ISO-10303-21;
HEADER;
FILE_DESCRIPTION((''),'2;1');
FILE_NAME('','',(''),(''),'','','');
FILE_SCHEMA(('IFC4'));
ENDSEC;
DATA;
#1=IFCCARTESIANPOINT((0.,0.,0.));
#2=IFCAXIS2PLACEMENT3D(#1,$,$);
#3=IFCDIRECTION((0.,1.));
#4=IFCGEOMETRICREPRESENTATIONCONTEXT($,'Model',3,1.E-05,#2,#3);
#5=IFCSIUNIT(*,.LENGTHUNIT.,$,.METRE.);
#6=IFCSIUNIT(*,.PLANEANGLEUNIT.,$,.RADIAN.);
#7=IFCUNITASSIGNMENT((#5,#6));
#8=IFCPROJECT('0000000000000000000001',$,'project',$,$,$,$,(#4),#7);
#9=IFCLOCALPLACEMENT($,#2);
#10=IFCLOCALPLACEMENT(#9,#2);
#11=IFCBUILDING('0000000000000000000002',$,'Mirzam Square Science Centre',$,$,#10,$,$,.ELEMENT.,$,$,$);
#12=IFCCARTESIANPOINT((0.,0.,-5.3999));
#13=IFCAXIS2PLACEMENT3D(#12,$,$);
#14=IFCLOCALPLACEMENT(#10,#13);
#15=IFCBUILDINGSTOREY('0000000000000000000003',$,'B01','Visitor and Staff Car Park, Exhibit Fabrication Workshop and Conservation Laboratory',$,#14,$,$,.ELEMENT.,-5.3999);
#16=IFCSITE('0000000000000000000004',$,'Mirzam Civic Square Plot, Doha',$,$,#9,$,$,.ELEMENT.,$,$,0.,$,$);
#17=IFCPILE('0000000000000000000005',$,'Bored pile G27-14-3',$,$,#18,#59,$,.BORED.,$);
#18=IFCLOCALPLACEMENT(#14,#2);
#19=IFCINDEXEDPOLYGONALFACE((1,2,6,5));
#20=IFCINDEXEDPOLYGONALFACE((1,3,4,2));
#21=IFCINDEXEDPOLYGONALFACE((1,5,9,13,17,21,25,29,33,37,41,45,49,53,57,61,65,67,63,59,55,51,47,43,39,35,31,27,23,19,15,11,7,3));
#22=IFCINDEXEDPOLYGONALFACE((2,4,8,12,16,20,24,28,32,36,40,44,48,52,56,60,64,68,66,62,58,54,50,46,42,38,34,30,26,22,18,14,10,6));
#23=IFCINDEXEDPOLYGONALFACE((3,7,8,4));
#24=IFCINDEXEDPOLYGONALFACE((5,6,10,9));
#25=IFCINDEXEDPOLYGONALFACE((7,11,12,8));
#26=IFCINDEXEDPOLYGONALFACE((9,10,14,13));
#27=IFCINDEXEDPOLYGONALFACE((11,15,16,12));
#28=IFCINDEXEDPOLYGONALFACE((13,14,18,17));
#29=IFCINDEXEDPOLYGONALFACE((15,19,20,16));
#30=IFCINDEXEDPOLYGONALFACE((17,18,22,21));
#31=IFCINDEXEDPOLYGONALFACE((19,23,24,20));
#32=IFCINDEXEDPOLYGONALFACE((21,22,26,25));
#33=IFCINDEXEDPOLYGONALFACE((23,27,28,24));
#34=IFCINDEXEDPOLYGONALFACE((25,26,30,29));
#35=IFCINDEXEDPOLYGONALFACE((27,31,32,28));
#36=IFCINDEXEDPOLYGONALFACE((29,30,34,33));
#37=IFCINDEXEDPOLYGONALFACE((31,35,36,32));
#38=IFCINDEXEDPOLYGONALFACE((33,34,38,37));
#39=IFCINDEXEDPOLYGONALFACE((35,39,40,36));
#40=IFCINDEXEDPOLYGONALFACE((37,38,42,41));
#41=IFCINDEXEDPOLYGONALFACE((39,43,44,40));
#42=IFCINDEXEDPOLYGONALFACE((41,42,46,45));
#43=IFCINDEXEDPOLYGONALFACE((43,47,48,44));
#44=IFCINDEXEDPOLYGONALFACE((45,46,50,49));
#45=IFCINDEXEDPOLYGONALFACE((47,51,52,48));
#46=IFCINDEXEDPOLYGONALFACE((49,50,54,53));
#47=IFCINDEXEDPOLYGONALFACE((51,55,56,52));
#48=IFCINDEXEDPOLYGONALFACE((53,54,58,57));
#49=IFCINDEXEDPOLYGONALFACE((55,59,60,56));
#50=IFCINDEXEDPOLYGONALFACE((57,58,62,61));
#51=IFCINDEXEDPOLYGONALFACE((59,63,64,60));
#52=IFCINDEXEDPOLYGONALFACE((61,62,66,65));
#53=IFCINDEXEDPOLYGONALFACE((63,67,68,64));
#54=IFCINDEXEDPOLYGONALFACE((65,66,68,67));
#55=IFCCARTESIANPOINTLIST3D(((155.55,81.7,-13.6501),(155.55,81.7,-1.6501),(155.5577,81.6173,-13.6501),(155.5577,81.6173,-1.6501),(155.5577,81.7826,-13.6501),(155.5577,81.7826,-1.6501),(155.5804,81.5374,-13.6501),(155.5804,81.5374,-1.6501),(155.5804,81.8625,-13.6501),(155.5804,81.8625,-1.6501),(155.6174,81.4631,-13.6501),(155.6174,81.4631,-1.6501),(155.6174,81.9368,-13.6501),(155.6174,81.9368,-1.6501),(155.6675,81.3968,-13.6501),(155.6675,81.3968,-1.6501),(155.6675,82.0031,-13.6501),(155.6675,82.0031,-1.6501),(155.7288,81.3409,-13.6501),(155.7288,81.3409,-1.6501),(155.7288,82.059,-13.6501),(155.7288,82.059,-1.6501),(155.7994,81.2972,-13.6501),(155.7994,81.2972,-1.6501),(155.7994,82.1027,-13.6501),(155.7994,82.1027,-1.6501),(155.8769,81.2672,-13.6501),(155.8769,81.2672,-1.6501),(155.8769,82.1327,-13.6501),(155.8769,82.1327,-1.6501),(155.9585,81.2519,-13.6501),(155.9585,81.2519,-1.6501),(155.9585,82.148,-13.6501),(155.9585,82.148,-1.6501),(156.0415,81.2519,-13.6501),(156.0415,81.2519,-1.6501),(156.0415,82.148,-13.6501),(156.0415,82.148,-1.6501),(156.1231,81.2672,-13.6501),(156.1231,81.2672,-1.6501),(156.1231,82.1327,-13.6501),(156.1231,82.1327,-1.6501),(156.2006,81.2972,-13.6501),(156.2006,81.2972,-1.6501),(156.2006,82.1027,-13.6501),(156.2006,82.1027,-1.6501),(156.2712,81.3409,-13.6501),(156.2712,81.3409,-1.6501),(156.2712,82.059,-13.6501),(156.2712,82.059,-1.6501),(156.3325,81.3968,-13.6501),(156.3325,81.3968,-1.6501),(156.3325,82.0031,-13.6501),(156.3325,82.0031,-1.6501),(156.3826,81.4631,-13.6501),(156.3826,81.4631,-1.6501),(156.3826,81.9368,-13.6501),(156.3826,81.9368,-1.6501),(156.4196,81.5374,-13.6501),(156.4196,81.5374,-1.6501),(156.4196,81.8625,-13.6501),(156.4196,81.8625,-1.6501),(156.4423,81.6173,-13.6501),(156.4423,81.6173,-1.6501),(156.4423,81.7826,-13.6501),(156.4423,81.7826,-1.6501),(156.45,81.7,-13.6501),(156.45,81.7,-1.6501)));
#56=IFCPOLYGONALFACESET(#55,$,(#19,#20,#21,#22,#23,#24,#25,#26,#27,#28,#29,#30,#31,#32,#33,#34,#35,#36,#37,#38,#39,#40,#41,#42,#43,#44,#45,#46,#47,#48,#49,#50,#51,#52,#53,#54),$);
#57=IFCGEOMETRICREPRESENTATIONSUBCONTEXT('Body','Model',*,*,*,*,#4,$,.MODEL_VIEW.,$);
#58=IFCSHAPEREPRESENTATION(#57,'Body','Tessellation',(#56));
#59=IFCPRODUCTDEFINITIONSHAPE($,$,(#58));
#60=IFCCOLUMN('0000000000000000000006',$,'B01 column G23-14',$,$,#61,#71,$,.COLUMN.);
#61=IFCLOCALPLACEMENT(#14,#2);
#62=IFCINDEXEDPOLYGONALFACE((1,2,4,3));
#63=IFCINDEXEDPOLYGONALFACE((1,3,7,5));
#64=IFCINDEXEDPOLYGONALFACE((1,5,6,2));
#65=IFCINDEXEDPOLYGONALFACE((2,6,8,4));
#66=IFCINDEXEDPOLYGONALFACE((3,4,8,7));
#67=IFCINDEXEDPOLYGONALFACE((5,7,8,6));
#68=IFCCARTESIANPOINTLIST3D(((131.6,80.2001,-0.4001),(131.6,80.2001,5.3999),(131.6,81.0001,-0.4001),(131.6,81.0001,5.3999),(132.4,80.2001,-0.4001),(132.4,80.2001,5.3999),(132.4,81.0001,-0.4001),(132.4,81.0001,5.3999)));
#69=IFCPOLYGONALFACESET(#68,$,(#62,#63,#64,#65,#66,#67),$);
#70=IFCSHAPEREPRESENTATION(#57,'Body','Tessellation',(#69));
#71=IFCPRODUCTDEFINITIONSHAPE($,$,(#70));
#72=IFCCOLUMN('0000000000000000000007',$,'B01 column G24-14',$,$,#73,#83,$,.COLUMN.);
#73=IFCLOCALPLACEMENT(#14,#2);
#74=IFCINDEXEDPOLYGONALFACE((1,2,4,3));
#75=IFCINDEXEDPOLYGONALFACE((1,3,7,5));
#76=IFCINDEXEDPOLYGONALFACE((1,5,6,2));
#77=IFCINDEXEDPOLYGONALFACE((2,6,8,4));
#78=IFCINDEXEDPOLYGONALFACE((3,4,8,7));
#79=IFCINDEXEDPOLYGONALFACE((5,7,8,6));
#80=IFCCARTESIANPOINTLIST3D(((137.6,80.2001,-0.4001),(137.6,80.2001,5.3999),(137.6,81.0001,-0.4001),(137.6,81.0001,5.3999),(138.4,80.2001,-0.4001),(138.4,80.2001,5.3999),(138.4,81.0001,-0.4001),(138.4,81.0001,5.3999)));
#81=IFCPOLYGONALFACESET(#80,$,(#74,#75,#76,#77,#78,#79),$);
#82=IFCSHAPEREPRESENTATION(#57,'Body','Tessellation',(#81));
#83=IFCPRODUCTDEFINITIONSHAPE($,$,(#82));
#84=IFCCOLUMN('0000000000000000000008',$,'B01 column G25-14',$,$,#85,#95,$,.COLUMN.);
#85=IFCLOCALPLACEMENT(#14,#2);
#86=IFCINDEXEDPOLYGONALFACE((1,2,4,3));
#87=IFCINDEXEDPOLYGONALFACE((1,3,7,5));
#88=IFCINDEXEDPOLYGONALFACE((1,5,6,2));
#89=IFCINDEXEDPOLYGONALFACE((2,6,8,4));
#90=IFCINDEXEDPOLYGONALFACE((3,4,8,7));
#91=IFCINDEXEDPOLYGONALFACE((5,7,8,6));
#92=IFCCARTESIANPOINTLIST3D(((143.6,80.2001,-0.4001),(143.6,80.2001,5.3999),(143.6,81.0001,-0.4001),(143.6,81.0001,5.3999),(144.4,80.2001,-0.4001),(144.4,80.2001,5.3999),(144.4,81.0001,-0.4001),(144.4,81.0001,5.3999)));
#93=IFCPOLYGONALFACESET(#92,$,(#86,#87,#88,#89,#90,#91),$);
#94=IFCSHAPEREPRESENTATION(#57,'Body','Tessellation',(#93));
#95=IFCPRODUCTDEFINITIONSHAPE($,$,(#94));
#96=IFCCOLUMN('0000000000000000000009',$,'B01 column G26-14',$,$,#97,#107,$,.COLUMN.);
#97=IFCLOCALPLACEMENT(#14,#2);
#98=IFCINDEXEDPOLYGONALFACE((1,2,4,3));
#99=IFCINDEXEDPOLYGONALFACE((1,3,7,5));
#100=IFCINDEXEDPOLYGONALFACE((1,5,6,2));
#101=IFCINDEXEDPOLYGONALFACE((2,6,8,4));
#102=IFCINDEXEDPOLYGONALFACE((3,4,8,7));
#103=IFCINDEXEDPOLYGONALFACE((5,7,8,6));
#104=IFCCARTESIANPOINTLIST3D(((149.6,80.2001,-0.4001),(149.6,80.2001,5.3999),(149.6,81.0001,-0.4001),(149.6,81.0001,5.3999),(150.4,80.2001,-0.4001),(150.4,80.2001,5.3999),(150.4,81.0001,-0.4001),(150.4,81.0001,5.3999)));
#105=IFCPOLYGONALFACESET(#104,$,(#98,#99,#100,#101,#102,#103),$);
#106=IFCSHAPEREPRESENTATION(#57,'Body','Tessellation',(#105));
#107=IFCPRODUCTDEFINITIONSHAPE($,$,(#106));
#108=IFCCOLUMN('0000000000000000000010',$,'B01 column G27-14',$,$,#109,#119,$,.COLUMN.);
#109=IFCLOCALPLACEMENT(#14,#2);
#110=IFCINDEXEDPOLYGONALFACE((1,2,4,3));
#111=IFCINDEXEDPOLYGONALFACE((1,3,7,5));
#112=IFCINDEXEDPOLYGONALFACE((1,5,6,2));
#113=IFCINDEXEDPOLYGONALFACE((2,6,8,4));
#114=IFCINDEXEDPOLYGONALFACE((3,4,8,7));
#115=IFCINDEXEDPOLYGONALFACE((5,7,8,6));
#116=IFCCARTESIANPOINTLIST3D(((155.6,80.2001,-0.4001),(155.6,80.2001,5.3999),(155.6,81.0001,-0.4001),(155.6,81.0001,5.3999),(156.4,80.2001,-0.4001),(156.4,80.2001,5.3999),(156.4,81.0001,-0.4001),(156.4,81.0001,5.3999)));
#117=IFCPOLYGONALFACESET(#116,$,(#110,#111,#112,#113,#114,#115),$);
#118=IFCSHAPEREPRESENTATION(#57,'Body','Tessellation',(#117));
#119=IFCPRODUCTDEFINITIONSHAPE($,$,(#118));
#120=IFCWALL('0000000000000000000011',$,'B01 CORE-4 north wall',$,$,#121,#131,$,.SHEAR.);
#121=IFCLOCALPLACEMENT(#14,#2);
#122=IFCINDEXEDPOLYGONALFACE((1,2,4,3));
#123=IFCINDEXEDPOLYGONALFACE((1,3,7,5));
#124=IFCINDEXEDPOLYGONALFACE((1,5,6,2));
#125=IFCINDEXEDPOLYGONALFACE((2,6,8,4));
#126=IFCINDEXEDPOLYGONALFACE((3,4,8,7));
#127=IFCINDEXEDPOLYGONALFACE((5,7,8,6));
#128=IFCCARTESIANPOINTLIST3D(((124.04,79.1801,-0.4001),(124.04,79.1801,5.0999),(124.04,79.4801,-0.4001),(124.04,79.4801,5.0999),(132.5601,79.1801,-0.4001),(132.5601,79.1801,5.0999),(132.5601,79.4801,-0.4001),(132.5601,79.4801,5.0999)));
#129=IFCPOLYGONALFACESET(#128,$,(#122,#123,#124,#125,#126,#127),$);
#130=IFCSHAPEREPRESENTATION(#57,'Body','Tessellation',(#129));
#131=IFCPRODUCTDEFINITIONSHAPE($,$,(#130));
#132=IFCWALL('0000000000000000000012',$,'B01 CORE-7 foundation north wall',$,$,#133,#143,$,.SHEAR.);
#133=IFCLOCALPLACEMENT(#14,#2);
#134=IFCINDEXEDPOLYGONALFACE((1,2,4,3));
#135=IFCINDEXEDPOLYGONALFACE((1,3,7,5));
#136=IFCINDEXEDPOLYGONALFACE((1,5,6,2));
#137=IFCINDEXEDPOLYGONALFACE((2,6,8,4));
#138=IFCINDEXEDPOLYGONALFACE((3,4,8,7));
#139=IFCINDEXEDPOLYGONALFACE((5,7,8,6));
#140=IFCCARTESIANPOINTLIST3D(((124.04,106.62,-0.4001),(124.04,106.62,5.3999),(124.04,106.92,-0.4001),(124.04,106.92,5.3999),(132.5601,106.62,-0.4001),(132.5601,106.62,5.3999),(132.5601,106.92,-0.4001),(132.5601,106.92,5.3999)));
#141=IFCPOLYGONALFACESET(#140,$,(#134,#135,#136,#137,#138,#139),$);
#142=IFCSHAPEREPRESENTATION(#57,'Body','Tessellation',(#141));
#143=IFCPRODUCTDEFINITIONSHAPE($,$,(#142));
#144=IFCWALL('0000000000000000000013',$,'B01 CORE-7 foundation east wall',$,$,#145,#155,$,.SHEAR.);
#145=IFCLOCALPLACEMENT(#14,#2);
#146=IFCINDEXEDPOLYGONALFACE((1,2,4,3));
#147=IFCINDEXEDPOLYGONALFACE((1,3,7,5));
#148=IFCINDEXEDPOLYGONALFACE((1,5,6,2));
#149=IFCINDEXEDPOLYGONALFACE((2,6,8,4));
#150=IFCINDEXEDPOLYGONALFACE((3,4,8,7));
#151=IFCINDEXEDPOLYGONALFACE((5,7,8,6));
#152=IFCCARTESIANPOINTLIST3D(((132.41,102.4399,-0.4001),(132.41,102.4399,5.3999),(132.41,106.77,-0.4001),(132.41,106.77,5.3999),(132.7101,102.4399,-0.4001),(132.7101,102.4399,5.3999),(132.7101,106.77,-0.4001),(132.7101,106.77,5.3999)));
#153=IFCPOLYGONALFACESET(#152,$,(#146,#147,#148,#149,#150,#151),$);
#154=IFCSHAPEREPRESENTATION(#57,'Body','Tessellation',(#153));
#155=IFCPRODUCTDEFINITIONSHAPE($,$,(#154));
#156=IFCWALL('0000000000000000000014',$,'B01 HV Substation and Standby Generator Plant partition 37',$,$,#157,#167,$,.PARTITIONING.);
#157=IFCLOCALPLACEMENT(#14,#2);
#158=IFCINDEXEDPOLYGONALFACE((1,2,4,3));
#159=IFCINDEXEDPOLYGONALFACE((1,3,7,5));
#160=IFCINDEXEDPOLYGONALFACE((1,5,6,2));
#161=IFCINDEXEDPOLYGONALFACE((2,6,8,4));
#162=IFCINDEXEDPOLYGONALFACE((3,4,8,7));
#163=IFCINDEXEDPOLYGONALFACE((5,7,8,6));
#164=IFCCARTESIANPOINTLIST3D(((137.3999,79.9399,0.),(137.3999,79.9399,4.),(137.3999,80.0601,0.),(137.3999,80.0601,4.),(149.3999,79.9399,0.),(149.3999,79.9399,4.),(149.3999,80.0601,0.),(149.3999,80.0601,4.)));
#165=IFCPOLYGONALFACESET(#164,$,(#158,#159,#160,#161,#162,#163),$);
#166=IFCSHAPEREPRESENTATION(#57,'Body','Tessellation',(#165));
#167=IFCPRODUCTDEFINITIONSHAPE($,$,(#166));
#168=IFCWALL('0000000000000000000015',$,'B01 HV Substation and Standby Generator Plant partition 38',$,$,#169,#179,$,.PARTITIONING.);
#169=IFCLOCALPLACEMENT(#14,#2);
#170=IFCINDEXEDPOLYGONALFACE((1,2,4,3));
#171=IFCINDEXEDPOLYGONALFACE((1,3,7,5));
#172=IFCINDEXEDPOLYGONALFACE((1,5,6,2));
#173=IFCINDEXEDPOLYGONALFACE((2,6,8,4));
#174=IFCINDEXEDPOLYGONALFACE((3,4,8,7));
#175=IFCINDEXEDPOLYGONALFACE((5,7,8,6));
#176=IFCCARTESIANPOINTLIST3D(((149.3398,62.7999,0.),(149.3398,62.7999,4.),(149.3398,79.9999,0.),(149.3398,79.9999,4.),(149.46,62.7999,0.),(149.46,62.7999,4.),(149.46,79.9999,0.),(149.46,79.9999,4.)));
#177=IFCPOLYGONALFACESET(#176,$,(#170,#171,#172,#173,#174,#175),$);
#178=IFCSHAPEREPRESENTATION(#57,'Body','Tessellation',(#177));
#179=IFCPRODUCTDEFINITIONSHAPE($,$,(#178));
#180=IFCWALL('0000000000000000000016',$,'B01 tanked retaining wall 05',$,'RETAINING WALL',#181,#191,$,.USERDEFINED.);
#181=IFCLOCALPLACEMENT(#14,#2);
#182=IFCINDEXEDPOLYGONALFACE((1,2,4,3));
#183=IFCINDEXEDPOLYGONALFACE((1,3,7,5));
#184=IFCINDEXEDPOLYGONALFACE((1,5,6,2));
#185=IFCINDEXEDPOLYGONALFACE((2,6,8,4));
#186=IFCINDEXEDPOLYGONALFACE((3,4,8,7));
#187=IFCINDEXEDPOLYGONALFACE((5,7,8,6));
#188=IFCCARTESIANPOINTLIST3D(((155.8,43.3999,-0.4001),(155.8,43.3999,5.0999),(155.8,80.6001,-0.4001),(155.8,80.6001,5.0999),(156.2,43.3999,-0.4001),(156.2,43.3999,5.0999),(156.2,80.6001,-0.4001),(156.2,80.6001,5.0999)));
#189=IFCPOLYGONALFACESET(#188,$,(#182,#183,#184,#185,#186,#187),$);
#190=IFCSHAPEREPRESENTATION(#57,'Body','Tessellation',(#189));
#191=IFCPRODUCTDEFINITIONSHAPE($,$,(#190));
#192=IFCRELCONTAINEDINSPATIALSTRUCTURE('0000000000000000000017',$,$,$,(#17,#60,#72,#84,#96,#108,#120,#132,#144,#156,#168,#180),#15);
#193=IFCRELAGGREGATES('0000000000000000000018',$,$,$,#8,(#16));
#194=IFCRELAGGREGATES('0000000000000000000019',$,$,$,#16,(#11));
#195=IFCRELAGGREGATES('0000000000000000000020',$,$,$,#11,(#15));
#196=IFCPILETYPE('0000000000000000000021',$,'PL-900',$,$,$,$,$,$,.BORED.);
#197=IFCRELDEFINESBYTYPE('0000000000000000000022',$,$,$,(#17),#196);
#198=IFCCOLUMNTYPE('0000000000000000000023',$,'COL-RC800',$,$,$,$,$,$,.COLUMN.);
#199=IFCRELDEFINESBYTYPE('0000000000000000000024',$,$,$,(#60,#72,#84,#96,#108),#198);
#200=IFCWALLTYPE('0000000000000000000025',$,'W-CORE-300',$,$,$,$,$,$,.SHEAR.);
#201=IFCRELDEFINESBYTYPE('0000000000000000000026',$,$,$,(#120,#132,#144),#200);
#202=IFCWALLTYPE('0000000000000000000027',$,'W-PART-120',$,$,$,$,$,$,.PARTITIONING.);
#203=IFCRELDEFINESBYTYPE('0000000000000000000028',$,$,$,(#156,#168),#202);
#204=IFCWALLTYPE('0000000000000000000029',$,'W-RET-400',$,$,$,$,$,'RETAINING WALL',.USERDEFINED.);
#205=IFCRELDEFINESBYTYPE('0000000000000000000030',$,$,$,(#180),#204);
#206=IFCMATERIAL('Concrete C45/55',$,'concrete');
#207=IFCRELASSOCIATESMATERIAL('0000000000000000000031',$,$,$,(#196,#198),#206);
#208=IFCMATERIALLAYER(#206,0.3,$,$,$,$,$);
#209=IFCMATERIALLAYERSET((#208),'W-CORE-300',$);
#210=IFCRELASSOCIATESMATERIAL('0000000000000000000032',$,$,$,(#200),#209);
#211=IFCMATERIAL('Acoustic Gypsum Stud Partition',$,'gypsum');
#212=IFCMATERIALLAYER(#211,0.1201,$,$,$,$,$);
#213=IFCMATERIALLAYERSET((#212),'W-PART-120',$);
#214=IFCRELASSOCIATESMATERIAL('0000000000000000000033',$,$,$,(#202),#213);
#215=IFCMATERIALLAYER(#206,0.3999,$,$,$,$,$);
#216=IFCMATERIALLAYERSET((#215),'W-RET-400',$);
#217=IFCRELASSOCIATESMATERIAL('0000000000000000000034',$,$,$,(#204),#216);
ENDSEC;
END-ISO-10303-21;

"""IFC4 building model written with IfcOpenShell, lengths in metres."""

from ifc_helpers import new_model, si_unit, direction, frame, frame_2d, origin, origin_2d, place, context, subcontext, project, spatial, rectangle, circle, extrude, material, layer, layer_set, material_profile, profile_set, type_object, element, save


model = new_model("IFC4")

# Units and contexts
model_context = context("Model", 3, precision=1e-05, world=origin(), true_north=direction((0.0, 1.0)))
body_context = subcontext(model_context, "Body", "Model", "MODEL_VIEW")
ifc_project = project(units=[si_unit("LENGTHUNIT", "METRE"), si_unit("PLANEANGLEUNIT", "RADIAN")], contexts=[model_context])

# Site, building, storey
site_placement = place(None, origin())
site = spatial("IfcSite", under=ifc_project, at=site_placement, Name="Mirzam Civic Square Plot, Doha", CompositionType="ELEMENT", RefElevation=0.0)
building_placement = place(site_placement, origin())
building = spatial("IfcBuilding", under=site, at=building_placement, Name="Mirzam Square Science Centre", CompositionType="ELEMENT")
storey_placement = place(building_placement, frame((0.0, 0.0, -5.3999)))
storey = spatial("IfcBuildingStorey", under=building, at=storey_placement, Name="B01", Description="Visitor and Staff Car Park, Exhibit Fabrication Workshop and Conservation Laboratory", CompositionType="ELEMENT", Elevation=-5.3999)

# Shared definitions
ifc_material_1 = material(Name="Concrete C45/55", Category="concrete")

# Pile
ifc_material_profile_1 = material_profile(ifc_material_1, circle(Radius=0.45, at=origin_2d()), Name="PILE-D900")
ifc_profile_set_1 = profile_set([ifc_material_profile_1], Name="Concrete C45/55")
pile_type_1 = type_object("IfcPileType", Name="PL-900", PredefinedType="BORED", material=ifc_profile_set_1)
for number, where, z_axis, x_axis, name in (
    (1, (156.0, 81.7, -1.6501), (0.0, 0.0, -1.0), (1.0, 0.0, 0.0), "Bored pile G27-14-3"),
):
    element("IfcPile", number, at=place(storey_placement, frame(where, z_axis=z_axis, x_axis=x_axis)), inside=storey, type_object=pile_type_1, Name=name, PredefinedType="BORED", context=body_context, shape_type="SweptSolid", body=[
        extrude(circle(Radius=0.45, at=origin_2d()), origin(), (0.0, 0.0, 1.0), 12.0),
    ])

# Columns
ifc_material_profile_2 = material_profile(ifc_material_1, rectangle(XDim=0.8, YDim=0.8, at=origin_2d()), Name="RC800x800")
ifc_profile_set_2 = profile_set([ifc_material_profile_2], Name="Concrete C45/55")
column_type = type_object("IfcColumnType", Name="COL-RC800", PredefinedType="COLUMN", material=ifc_profile_set_2)
for number, where, z_axis, x_axis, name in (
    (2, (132.0, 80.6001, -0.4001), (0.0, 0.0, 1.0), (1.0, 0.0, 0.0), "B01 column G23-14"),
    (3, (138.0, 80.6001, -0.4001), (0.0, 0.0, 1.0), (1.0, 0.0, 0.0), "B01 column G24-14"),
    (4, (144.0, 80.6001, -0.4001), (0.0, 0.0, 1.0), (1.0, 0.0, 0.0), "B01 column G25-14"),
    (5, (150.0, 80.6001, -0.4001), (0.0, 0.0, 1.0), (1.0, 0.0, 0.0), "B01 column G26-14"),
    (6, (156.0, 80.6001, -0.4001), (0.0, 0.0, 1.0), (1.0, 0.0, 0.0), "B01 column G27-14"),
):
    element("IfcColumn", number, at=place(storey_placement, frame(where, z_axis=z_axis, x_axis=x_axis)), inside=storey, type_object=column_type, Name=name, PredefinedType="COLUMN", context=body_context, shape_type="SweptSolid", body=[
        extrude(rectangle(XDim=0.8, YDim=0.8, at=origin_2d()), origin(), (0.0, 0.0, 1.0), 5.8),
    ])

# Walls
ifc_layer_1 = layer(ifc_material_1, 0.3)
ifc_layer_set_1 = layer_set([ifc_layer_1], Name="W-CORE-300")
wall_type_1 = type_object("IfcWallType", Name="W-CORE-300", PredefinedType="SHEAR", material=ifc_layer_set_1)
wall_1_placement = place(storey_placement, frame((132.5601, 79.3301, -0.4001), z_axis=(0.0, 0.0, 1.0), x_axis=(-1.0, 0.0, 0.0)))
element("IfcWall", 7, at=wall_1_placement, inside=storey, type_object=wall_type_1, Name="B01 CORE-4 north wall", PredefinedType="SHEAR", context=body_context, shape_type="SweptSolid", body=[
    extrude(rectangle(XDim=8.52, YDim=0.3, at=frame_2d((4.26, 0.0))), origin(), (0.0, 0.0, 1.0), 5.5),
])
wall_2_placement = place(storey_placement, frame((132.5601, 106.77, -0.4001), z_axis=(0.0, 0.0, 1.0), x_axis=(-1.0, 0.0, 0.0)))
element("IfcWall", 8, at=wall_2_placement, inside=storey, type_object=wall_type_1, Name="B01 CORE-7 foundation north wall", PredefinedType="SHEAR", context=body_context, shape_type="SweptSolid", body=[
    extrude(rectangle(XDim=8.52, YDim=0.3, at=frame_2d((4.26, 0.0))), origin(), (0.0, 0.0, 1.0), 5.8),
])
wall_3_placement = place(storey_placement, frame((132.5601, 102.4399, -0.4001), z_axis=(0.0, 0.0, 1.0), x_axis=(0.0, 1.0, 0.0)))
element("IfcWall", 9, at=wall_3_placement, inside=storey, type_object=wall_type_1, Name="B01 CORE-7 foundation east wall", PredefinedType="SHEAR", context=body_context, shape_type="SweptSolid", body=[
    extrude(rectangle(XDim=4.3301, YDim=0.3, at=frame_2d((2.165, 0.0))), origin(), (0.0, 0.0, 1.0), 5.8),
])
ifc_material_2 = material(Name="Acoustic Gypsum Stud Partition", Category="gypsum")
ifc_layer_2 = layer(ifc_material_2, 0.1201)
ifc_layer_set_2 = layer_set([ifc_layer_2], Name="W-PART-120")
wall_type_2 = type_object("IfcWallType", Name="W-PART-120", PredefinedType="PARTITIONING", material=ifc_layer_set_2)
wall_4_placement = place(storey_placement, frame((137.3999, 80.0, 0.0), z_axis=(0.0, 0.0, 1.0), x_axis=(1.0, 0.0, 0.0)))
element("IfcWall", 10, at=wall_4_placement, inside=storey, type_object=wall_type_2, Name="B01 HV Substation and Standby Generator Plant partition 37", PredefinedType="PARTITIONING", context=body_context, shape_type="SweptSolid", body=[
    extrude(rectangle(XDim=12.0, YDim=0.1201, at=frame_2d((6.0, 0.0))), origin(), (0.0, 0.0, 1.0), 4.0),
])
wall_5_placement = place(storey_placement, frame((149.3999, 80.0, 0.0), z_axis=(0.0, 0.0, 1.0), x_axis=(0.0, -1.0, 0.0)))
element("IfcWall", 11, at=wall_5_placement, inside=storey, type_object=wall_type_2, Name="B01 HV Substation and Standby Generator Plant partition 38", PredefinedType="PARTITIONING", context=body_context, shape_type="SweptSolid", body=[
    extrude(rectangle(XDim=17.2, YDim=0.1201, at=frame_2d((8.6001, 0.0))), origin(), (0.0, 0.0, 1.0), 4.0),
])
ifc_layer_3 = layer(ifc_material_1, 0.3999)
ifc_layer_set_3 = layer_set([ifc_layer_3], Name="W-RET-400")
wall_type_3 = type_object("IfcWallType", Name="W-RET-400", ElementType="RETAINING WALL", PredefinedType="USERDEFINED", material=ifc_layer_set_3)
wall_6_placement = place(storey_placement, frame((156.0, 80.6001, -0.4001), z_axis=(0.0, 0.0, 1.0), x_axis=(0.0, -1.0, 0.0)))
element("IfcWall", 12, at=wall_6_placement, inside=storey, type_object=wall_type_3, Name="B01 tanked retaining wall 05", ObjectType="RETAINING WALL", PredefinedType="USERDEFINED", context=body_context, shape_type="SweptSolid", body=[
    extrude(rectangle(XDim=37.2002, YDim=0.3999, at=frame_2d((18.6001, 0.0))), origin(), (0.0, 0.0, 1.0), 5.5),
])

save(model, "model.ifc")
